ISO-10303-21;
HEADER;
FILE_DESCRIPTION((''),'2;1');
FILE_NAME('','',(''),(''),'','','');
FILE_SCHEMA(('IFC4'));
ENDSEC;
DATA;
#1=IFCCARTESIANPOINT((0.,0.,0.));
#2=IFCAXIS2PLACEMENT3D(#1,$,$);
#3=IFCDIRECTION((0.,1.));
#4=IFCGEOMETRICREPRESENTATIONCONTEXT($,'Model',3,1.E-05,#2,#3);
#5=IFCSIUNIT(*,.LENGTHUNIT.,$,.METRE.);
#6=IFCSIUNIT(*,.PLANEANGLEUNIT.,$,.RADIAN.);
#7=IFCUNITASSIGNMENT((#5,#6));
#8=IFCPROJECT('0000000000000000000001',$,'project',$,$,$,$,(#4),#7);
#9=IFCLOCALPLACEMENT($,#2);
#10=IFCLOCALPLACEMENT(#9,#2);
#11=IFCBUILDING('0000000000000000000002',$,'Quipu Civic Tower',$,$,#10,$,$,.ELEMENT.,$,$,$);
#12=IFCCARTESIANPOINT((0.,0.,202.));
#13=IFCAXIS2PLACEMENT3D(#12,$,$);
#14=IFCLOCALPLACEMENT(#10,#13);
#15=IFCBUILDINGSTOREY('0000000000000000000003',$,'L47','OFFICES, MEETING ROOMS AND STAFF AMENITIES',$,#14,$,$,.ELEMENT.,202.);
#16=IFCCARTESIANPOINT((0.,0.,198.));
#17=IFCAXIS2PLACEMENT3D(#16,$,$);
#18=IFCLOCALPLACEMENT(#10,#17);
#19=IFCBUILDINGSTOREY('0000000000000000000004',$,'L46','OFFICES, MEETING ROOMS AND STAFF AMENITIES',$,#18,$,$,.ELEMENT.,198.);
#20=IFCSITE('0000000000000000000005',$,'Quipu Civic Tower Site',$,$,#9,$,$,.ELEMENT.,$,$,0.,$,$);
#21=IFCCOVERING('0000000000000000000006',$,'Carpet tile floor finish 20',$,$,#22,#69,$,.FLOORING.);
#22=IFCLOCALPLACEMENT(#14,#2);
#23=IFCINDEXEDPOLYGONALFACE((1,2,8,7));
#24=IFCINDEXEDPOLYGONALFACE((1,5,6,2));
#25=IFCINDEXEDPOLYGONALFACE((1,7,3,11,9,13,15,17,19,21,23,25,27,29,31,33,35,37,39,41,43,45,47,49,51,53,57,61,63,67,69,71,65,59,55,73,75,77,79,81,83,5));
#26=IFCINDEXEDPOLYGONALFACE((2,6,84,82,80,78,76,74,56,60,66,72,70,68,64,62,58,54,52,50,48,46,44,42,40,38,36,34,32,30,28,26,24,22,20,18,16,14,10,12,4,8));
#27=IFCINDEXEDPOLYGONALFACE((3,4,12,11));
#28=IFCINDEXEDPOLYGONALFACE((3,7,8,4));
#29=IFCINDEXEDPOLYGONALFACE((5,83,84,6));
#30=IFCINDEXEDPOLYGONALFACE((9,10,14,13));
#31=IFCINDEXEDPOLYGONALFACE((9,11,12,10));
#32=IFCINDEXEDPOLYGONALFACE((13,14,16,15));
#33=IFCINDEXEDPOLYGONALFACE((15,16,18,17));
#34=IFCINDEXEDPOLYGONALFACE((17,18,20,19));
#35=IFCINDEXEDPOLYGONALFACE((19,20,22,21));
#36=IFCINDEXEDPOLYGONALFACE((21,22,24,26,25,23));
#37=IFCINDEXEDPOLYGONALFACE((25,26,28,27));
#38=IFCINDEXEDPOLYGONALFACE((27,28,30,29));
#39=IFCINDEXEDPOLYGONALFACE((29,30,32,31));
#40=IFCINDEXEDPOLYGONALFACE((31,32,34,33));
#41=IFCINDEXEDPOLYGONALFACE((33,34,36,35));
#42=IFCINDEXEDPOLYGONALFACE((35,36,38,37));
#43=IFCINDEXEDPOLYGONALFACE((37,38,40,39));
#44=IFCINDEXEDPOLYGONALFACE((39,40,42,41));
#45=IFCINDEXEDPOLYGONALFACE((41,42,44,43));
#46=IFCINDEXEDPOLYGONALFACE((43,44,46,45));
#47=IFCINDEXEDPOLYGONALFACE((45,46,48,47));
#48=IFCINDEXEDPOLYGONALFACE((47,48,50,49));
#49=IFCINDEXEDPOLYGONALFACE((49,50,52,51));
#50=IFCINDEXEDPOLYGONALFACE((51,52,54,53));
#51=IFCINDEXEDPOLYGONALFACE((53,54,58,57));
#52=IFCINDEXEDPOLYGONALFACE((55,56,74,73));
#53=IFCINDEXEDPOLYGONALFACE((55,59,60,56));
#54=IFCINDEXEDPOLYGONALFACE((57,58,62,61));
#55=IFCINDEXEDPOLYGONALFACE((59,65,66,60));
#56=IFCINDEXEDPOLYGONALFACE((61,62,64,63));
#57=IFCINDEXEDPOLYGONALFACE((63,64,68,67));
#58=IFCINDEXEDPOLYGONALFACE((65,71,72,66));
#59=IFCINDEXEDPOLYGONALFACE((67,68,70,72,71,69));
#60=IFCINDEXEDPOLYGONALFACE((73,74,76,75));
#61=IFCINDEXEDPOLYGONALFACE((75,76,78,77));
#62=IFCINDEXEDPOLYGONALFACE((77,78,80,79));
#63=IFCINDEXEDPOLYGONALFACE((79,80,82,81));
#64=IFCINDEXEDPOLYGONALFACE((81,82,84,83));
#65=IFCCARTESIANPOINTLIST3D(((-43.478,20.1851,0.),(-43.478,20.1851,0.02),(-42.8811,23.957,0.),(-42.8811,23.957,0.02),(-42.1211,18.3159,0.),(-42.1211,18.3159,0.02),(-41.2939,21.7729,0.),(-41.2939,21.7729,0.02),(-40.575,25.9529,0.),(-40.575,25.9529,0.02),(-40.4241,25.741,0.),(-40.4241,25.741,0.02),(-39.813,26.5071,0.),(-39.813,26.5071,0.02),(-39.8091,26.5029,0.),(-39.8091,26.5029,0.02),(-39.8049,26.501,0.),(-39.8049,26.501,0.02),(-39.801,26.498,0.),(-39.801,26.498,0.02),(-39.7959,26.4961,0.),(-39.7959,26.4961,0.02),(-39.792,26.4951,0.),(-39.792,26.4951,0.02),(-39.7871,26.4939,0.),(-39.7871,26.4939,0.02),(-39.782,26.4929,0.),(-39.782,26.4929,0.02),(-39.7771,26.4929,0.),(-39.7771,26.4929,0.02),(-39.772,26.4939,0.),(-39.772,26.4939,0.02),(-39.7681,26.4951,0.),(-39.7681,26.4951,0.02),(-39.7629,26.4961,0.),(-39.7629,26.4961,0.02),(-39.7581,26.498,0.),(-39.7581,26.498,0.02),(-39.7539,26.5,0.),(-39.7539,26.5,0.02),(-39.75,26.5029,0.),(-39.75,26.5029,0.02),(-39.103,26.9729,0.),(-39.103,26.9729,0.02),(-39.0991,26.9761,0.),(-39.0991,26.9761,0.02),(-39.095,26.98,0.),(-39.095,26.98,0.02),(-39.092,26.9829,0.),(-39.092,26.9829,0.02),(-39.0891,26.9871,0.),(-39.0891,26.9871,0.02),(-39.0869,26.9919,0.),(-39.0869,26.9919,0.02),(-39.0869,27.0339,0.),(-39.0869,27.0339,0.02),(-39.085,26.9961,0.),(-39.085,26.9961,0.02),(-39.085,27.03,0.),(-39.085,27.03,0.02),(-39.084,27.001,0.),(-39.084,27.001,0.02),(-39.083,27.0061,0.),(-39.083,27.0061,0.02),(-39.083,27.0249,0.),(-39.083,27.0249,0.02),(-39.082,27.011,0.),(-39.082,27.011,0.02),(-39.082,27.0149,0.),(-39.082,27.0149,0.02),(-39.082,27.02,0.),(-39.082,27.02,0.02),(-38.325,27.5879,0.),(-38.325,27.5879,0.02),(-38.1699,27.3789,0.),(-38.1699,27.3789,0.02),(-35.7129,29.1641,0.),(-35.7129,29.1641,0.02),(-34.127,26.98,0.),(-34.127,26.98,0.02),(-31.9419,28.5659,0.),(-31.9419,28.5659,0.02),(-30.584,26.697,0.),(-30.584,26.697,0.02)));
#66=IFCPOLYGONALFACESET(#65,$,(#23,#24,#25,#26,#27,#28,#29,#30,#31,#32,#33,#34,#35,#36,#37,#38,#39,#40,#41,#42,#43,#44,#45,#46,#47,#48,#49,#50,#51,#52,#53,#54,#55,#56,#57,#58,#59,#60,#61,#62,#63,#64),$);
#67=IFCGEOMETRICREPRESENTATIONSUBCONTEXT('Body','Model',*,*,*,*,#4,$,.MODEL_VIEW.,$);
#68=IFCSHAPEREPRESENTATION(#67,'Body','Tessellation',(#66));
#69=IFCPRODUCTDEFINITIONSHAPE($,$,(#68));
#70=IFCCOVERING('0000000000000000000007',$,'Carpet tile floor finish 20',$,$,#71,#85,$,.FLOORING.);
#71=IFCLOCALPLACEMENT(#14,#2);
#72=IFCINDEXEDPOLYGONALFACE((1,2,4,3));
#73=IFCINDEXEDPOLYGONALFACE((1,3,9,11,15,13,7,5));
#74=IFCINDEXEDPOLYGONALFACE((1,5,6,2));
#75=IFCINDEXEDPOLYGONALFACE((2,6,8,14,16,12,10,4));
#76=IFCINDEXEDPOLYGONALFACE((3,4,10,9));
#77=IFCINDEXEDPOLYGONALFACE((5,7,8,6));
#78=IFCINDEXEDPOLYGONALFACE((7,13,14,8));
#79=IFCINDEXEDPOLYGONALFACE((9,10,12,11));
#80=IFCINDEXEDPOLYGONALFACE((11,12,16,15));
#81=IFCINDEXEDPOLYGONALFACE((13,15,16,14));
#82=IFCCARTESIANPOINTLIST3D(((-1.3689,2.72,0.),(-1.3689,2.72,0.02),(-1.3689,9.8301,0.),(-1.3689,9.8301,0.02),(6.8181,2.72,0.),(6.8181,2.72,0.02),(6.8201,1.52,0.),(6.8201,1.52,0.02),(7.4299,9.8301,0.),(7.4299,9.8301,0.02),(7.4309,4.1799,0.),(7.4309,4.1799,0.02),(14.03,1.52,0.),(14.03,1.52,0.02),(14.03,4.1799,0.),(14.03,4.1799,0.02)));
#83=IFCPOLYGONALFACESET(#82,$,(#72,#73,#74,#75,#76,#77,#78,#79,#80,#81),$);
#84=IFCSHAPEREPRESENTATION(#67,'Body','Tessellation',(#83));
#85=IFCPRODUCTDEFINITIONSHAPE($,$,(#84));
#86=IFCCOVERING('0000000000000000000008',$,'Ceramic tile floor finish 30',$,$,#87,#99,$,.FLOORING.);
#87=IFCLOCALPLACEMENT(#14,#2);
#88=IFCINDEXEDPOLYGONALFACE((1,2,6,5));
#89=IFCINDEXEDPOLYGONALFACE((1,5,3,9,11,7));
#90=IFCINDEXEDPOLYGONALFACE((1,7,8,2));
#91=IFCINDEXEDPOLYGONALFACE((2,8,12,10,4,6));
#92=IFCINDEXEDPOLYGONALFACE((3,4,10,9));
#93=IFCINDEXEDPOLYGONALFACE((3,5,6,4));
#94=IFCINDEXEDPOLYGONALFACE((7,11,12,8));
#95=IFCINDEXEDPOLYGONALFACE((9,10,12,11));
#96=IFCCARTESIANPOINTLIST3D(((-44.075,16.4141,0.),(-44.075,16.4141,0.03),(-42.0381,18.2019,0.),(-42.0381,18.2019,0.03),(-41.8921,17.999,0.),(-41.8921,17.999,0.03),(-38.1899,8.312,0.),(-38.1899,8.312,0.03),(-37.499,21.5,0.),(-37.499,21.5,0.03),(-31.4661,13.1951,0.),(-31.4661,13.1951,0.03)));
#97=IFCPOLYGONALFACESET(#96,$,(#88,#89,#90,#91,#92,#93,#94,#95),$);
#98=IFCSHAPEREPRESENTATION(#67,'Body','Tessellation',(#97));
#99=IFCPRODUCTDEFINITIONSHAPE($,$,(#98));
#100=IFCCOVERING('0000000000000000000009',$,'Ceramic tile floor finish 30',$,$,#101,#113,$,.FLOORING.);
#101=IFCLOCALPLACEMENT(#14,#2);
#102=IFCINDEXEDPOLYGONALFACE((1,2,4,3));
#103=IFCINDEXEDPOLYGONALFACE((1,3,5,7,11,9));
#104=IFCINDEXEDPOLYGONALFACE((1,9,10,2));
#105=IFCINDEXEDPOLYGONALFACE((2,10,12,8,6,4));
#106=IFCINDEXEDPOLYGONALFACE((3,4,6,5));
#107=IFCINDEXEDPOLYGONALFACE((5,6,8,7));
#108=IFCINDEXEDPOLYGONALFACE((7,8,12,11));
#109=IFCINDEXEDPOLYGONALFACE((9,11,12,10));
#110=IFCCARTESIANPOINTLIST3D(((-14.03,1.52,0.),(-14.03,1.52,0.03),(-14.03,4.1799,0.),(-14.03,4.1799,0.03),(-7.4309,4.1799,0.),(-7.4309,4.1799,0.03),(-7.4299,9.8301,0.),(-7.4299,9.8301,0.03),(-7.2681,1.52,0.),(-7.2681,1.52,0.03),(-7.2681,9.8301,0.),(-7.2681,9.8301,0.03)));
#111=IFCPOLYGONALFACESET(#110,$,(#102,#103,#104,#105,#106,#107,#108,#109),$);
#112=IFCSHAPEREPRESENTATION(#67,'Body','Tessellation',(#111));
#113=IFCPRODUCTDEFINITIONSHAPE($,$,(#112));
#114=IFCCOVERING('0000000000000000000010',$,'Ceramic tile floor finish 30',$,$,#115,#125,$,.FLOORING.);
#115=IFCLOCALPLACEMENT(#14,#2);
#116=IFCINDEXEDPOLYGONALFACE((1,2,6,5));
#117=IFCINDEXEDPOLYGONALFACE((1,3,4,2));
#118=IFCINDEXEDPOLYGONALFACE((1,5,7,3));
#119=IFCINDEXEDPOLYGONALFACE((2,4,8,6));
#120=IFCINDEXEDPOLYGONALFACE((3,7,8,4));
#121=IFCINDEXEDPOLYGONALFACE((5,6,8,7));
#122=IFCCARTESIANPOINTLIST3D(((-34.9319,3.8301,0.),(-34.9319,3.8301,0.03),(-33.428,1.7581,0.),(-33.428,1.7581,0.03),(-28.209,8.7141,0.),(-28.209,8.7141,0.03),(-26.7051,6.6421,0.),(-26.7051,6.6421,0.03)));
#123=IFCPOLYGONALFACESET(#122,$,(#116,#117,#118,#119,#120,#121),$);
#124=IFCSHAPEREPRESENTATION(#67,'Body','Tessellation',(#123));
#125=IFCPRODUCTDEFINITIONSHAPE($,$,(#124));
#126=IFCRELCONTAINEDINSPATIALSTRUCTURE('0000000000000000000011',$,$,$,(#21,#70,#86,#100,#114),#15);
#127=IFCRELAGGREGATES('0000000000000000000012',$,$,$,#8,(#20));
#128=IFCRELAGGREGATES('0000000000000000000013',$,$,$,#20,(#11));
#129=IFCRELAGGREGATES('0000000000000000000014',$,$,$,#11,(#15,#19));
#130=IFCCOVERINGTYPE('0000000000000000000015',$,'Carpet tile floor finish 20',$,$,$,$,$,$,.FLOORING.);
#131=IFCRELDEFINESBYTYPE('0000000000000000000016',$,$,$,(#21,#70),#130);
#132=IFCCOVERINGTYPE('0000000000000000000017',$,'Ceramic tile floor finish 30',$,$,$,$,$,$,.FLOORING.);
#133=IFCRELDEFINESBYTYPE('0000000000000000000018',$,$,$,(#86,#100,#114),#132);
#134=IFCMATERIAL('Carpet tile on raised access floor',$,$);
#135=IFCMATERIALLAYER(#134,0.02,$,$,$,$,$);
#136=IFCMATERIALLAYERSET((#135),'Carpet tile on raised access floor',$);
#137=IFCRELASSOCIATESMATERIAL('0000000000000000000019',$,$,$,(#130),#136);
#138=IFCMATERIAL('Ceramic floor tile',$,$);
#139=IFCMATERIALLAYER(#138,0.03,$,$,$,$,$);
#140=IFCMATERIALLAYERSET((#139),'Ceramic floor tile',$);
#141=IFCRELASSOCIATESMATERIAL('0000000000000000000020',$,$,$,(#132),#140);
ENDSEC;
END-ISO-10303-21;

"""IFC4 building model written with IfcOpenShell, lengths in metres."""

from ifc_helpers import new_model, si_unit, direction, frame, origin, place, context, subcontext, project, spatial, polyline, outline, extrude, material, layer, layer_set, type_object, element, save


model = new_model("IFC4")

# Units and contexts
model_context = context("Model", 3, precision=1e-05, world=origin(), true_north=direction((0.0, 1.0)))
body_context = subcontext(model_context, "Body", "Model", "MODEL_VIEW")
ifc_project = project(units=[si_unit("LENGTHUNIT", "METRE"), si_unit("PLANEANGLEUNIT", "RADIAN")], contexts=[model_context])

# Site, building, storey
site_placement = place(None, origin())
site = spatial("IfcSite", under=ifc_project, at=site_placement, Name="Quipu Civic Tower Site", CompositionType="ELEMENT", RefElevation=0.0)
building_placement = place(site_placement, origin())
building = spatial("IfcBuilding", under=site, at=building_placement, Name="Quipu Civic Tower", CompositionType="ELEMENT")
storey_1_placement = place(building_placement, frame((0.0, 0.0, 202.0)))
storey_1 = spatial("IfcBuildingStorey", under=building, at=storey_1_placement, Name="L47", Description="OFFICES, MEETING ROOMS AND STAFF AMENITIES", CompositionType="ELEMENT", Elevation=202.0)

# Shared definitions
storey_2_placement = place(building_placement, frame((0.0, 0.0, 198.0)))
storey_2 = spatial("IfcBuildingStorey", under=building, at=storey_2_placement, Name="L46", Description="OFFICES, MEETING ROOMS AND STAFF AMENITIES", CompositionType="ELEMENT", Elevation=198.0)

# Coverings
ifc_material_1 = material(Name="Carpet tile on raised access floor")
ifc_layer_1 = layer(ifc_material_1, 0.02)
ifc_layer_set_1 = layer_set([ifc_layer_1], Name="Carpet tile on raised access floor")
covering_type_1 = type_object("IfcCoveringType", Name="Carpet tile floor finish 20", PredefinedType="FLOORING", material=ifc_layer_set_1)
covering_1_placement = place(storey_1_placement, origin())
element("IfcCovering", 1, at=covering_1_placement, inside=storey_1, type_object=covering_type_1, Name="Carpet tile floor finish 20", PredefinedType="FLOORING", context=body_context, shape_type="SweptSolid", body=[
    extrude(outline(polyline([(-43.478, 20.1851), (-41.2939, 21.7729), (-42.8811, 23.957), (-40.4241, 25.741), (-40.575, 25.9529), (-39.813, 26.5071), (-39.8091, 26.5029), (-39.8049, 26.501), (-39.801, 26.498), (-39.7959, 26.4961), (-39.792, 26.4951), (-39.7871, 26.4939), (-39.782, 26.4929), (-39.7771, 26.4929), (-39.772, 26.4939), (-39.7681, 26.4951), (-39.7629, 26.4961), (-39.7581, 26.498), (-39.7539, 26.5), (-39.75, 26.5029), (-39.103, 26.9729), (-39.0991, 26.9761), (-39.095, 26.98), (-39.092, 26.9829), (-39.0891, 26.9871), (-39.0869, 26.9919), (-39.085, 26.9961), (-39.084, 27.001), (-39.083, 27.0061), (-39.082, 27.011), (-39.082, 27.0149), (-39.082, 27.02), (-39.083, 27.0249), (-39.085, 27.03), (-39.0869, 27.0339), (-38.325, 27.5879), (-38.1699, 27.3789), (-35.7129, 29.1641), (-34.127, 26.98), (-31.9419, 28.5659), (-30.584, 26.697), (-42.1211, 18.3159), (-43.478, 20.1851)])), origin(), (0.0, 0.0, 1.0), 0.02),
])
covering_2_placement = place(storey_1_placement, origin())
element("IfcCovering", 2, at=covering_2_placement, inside=storey_1, type_object=covering_type_1, Name="Carpet tile floor finish 20", PredefinedType="FLOORING", context=body_context, shape_type="SweptSolid", body=[
    extrude(outline(polyline([(-1.3689, 2.72), (-1.3689, 9.8301), (7.4299, 9.8301), (7.4309, 4.1799), (14.03, 4.1799), (14.03, 1.52), (6.8201, 1.52), (6.8181, 2.72), (-1.3689, 2.72)])), origin(), (0.0, 0.0, 1.0), 0.02),
])
ifc_material_2 = material(Name="Ceramic floor tile")
ifc_layer_2 = layer(ifc_material_2, 0.03)
ifc_layer_set_2 = layer_set([ifc_layer_2], Name="Ceramic floor tile")
covering_type_2 = type_object("IfcCoveringType", Name="Ceramic tile floor finish 30", PredefinedType="FLOORING", material=ifc_layer_set_2)
covering_3_placement = place(storey_1_placement, origin())
element("IfcCovering", 3, at=covering_3_placement, inside=storey_1, type_object=covering_type_2, Name="Ceramic tile floor finish 30", PredefinedType="FLOORING", context=body_context, shape_type="SweptSolid", body=[
    extrude(outline(polyline([(-44.075, 16.4141), (-41.8921, 17.999), (-42.0381, 18.2019), (-37.499, 21.5), (-31.4661, 13.1951), (-38.1899, 8.312), (-44.075, 16.4141)])), origin(), (0.0, 0.0, 1.0), 0.03),
])
covering_4_placement = place(storey_1_placement, origin())
element("IfcCovering", 4, at=covering_4_placement, inside=storey_1, type_object=covering_type_2, Name="Ceramic tile floor finish 30", PredefinedType="FLOORING", context=body_context, shape_type="SweptSolid", body=[
    extrude(outline(polyline([(-14.03, 4.1799), (-7.4309, 4.1799), (-7.4299, 9.8301), (-7.2681, 9.8301), (-7.2681, 1.52), (-14.03, 1.52), (-14.03, 4.1799)])), origin(), (0.0, 0.0, 1.0), 0.03),
])
covering_5_placement = place(storey_1_placement, origin())
element("IfcCovering", 5, at=covering_5_placement, inside=storey_1, type_object=covering_type_2, Name="Ceramic tile floor finish 30", PredefinedType="FLOORING", context=body_context, shape_type="SweptSolid", body=[
    extrude(outline(polyline([(-34.9319, 3.8301), (-28.209, 8.7141), (-26.7051, 6.6421), (-33.428, 1.7581), (-34.9319, 3.8301)])), origin(), (0.0, 0.0, 1.0), 0.03),
])

save(model, "model.ifc")
